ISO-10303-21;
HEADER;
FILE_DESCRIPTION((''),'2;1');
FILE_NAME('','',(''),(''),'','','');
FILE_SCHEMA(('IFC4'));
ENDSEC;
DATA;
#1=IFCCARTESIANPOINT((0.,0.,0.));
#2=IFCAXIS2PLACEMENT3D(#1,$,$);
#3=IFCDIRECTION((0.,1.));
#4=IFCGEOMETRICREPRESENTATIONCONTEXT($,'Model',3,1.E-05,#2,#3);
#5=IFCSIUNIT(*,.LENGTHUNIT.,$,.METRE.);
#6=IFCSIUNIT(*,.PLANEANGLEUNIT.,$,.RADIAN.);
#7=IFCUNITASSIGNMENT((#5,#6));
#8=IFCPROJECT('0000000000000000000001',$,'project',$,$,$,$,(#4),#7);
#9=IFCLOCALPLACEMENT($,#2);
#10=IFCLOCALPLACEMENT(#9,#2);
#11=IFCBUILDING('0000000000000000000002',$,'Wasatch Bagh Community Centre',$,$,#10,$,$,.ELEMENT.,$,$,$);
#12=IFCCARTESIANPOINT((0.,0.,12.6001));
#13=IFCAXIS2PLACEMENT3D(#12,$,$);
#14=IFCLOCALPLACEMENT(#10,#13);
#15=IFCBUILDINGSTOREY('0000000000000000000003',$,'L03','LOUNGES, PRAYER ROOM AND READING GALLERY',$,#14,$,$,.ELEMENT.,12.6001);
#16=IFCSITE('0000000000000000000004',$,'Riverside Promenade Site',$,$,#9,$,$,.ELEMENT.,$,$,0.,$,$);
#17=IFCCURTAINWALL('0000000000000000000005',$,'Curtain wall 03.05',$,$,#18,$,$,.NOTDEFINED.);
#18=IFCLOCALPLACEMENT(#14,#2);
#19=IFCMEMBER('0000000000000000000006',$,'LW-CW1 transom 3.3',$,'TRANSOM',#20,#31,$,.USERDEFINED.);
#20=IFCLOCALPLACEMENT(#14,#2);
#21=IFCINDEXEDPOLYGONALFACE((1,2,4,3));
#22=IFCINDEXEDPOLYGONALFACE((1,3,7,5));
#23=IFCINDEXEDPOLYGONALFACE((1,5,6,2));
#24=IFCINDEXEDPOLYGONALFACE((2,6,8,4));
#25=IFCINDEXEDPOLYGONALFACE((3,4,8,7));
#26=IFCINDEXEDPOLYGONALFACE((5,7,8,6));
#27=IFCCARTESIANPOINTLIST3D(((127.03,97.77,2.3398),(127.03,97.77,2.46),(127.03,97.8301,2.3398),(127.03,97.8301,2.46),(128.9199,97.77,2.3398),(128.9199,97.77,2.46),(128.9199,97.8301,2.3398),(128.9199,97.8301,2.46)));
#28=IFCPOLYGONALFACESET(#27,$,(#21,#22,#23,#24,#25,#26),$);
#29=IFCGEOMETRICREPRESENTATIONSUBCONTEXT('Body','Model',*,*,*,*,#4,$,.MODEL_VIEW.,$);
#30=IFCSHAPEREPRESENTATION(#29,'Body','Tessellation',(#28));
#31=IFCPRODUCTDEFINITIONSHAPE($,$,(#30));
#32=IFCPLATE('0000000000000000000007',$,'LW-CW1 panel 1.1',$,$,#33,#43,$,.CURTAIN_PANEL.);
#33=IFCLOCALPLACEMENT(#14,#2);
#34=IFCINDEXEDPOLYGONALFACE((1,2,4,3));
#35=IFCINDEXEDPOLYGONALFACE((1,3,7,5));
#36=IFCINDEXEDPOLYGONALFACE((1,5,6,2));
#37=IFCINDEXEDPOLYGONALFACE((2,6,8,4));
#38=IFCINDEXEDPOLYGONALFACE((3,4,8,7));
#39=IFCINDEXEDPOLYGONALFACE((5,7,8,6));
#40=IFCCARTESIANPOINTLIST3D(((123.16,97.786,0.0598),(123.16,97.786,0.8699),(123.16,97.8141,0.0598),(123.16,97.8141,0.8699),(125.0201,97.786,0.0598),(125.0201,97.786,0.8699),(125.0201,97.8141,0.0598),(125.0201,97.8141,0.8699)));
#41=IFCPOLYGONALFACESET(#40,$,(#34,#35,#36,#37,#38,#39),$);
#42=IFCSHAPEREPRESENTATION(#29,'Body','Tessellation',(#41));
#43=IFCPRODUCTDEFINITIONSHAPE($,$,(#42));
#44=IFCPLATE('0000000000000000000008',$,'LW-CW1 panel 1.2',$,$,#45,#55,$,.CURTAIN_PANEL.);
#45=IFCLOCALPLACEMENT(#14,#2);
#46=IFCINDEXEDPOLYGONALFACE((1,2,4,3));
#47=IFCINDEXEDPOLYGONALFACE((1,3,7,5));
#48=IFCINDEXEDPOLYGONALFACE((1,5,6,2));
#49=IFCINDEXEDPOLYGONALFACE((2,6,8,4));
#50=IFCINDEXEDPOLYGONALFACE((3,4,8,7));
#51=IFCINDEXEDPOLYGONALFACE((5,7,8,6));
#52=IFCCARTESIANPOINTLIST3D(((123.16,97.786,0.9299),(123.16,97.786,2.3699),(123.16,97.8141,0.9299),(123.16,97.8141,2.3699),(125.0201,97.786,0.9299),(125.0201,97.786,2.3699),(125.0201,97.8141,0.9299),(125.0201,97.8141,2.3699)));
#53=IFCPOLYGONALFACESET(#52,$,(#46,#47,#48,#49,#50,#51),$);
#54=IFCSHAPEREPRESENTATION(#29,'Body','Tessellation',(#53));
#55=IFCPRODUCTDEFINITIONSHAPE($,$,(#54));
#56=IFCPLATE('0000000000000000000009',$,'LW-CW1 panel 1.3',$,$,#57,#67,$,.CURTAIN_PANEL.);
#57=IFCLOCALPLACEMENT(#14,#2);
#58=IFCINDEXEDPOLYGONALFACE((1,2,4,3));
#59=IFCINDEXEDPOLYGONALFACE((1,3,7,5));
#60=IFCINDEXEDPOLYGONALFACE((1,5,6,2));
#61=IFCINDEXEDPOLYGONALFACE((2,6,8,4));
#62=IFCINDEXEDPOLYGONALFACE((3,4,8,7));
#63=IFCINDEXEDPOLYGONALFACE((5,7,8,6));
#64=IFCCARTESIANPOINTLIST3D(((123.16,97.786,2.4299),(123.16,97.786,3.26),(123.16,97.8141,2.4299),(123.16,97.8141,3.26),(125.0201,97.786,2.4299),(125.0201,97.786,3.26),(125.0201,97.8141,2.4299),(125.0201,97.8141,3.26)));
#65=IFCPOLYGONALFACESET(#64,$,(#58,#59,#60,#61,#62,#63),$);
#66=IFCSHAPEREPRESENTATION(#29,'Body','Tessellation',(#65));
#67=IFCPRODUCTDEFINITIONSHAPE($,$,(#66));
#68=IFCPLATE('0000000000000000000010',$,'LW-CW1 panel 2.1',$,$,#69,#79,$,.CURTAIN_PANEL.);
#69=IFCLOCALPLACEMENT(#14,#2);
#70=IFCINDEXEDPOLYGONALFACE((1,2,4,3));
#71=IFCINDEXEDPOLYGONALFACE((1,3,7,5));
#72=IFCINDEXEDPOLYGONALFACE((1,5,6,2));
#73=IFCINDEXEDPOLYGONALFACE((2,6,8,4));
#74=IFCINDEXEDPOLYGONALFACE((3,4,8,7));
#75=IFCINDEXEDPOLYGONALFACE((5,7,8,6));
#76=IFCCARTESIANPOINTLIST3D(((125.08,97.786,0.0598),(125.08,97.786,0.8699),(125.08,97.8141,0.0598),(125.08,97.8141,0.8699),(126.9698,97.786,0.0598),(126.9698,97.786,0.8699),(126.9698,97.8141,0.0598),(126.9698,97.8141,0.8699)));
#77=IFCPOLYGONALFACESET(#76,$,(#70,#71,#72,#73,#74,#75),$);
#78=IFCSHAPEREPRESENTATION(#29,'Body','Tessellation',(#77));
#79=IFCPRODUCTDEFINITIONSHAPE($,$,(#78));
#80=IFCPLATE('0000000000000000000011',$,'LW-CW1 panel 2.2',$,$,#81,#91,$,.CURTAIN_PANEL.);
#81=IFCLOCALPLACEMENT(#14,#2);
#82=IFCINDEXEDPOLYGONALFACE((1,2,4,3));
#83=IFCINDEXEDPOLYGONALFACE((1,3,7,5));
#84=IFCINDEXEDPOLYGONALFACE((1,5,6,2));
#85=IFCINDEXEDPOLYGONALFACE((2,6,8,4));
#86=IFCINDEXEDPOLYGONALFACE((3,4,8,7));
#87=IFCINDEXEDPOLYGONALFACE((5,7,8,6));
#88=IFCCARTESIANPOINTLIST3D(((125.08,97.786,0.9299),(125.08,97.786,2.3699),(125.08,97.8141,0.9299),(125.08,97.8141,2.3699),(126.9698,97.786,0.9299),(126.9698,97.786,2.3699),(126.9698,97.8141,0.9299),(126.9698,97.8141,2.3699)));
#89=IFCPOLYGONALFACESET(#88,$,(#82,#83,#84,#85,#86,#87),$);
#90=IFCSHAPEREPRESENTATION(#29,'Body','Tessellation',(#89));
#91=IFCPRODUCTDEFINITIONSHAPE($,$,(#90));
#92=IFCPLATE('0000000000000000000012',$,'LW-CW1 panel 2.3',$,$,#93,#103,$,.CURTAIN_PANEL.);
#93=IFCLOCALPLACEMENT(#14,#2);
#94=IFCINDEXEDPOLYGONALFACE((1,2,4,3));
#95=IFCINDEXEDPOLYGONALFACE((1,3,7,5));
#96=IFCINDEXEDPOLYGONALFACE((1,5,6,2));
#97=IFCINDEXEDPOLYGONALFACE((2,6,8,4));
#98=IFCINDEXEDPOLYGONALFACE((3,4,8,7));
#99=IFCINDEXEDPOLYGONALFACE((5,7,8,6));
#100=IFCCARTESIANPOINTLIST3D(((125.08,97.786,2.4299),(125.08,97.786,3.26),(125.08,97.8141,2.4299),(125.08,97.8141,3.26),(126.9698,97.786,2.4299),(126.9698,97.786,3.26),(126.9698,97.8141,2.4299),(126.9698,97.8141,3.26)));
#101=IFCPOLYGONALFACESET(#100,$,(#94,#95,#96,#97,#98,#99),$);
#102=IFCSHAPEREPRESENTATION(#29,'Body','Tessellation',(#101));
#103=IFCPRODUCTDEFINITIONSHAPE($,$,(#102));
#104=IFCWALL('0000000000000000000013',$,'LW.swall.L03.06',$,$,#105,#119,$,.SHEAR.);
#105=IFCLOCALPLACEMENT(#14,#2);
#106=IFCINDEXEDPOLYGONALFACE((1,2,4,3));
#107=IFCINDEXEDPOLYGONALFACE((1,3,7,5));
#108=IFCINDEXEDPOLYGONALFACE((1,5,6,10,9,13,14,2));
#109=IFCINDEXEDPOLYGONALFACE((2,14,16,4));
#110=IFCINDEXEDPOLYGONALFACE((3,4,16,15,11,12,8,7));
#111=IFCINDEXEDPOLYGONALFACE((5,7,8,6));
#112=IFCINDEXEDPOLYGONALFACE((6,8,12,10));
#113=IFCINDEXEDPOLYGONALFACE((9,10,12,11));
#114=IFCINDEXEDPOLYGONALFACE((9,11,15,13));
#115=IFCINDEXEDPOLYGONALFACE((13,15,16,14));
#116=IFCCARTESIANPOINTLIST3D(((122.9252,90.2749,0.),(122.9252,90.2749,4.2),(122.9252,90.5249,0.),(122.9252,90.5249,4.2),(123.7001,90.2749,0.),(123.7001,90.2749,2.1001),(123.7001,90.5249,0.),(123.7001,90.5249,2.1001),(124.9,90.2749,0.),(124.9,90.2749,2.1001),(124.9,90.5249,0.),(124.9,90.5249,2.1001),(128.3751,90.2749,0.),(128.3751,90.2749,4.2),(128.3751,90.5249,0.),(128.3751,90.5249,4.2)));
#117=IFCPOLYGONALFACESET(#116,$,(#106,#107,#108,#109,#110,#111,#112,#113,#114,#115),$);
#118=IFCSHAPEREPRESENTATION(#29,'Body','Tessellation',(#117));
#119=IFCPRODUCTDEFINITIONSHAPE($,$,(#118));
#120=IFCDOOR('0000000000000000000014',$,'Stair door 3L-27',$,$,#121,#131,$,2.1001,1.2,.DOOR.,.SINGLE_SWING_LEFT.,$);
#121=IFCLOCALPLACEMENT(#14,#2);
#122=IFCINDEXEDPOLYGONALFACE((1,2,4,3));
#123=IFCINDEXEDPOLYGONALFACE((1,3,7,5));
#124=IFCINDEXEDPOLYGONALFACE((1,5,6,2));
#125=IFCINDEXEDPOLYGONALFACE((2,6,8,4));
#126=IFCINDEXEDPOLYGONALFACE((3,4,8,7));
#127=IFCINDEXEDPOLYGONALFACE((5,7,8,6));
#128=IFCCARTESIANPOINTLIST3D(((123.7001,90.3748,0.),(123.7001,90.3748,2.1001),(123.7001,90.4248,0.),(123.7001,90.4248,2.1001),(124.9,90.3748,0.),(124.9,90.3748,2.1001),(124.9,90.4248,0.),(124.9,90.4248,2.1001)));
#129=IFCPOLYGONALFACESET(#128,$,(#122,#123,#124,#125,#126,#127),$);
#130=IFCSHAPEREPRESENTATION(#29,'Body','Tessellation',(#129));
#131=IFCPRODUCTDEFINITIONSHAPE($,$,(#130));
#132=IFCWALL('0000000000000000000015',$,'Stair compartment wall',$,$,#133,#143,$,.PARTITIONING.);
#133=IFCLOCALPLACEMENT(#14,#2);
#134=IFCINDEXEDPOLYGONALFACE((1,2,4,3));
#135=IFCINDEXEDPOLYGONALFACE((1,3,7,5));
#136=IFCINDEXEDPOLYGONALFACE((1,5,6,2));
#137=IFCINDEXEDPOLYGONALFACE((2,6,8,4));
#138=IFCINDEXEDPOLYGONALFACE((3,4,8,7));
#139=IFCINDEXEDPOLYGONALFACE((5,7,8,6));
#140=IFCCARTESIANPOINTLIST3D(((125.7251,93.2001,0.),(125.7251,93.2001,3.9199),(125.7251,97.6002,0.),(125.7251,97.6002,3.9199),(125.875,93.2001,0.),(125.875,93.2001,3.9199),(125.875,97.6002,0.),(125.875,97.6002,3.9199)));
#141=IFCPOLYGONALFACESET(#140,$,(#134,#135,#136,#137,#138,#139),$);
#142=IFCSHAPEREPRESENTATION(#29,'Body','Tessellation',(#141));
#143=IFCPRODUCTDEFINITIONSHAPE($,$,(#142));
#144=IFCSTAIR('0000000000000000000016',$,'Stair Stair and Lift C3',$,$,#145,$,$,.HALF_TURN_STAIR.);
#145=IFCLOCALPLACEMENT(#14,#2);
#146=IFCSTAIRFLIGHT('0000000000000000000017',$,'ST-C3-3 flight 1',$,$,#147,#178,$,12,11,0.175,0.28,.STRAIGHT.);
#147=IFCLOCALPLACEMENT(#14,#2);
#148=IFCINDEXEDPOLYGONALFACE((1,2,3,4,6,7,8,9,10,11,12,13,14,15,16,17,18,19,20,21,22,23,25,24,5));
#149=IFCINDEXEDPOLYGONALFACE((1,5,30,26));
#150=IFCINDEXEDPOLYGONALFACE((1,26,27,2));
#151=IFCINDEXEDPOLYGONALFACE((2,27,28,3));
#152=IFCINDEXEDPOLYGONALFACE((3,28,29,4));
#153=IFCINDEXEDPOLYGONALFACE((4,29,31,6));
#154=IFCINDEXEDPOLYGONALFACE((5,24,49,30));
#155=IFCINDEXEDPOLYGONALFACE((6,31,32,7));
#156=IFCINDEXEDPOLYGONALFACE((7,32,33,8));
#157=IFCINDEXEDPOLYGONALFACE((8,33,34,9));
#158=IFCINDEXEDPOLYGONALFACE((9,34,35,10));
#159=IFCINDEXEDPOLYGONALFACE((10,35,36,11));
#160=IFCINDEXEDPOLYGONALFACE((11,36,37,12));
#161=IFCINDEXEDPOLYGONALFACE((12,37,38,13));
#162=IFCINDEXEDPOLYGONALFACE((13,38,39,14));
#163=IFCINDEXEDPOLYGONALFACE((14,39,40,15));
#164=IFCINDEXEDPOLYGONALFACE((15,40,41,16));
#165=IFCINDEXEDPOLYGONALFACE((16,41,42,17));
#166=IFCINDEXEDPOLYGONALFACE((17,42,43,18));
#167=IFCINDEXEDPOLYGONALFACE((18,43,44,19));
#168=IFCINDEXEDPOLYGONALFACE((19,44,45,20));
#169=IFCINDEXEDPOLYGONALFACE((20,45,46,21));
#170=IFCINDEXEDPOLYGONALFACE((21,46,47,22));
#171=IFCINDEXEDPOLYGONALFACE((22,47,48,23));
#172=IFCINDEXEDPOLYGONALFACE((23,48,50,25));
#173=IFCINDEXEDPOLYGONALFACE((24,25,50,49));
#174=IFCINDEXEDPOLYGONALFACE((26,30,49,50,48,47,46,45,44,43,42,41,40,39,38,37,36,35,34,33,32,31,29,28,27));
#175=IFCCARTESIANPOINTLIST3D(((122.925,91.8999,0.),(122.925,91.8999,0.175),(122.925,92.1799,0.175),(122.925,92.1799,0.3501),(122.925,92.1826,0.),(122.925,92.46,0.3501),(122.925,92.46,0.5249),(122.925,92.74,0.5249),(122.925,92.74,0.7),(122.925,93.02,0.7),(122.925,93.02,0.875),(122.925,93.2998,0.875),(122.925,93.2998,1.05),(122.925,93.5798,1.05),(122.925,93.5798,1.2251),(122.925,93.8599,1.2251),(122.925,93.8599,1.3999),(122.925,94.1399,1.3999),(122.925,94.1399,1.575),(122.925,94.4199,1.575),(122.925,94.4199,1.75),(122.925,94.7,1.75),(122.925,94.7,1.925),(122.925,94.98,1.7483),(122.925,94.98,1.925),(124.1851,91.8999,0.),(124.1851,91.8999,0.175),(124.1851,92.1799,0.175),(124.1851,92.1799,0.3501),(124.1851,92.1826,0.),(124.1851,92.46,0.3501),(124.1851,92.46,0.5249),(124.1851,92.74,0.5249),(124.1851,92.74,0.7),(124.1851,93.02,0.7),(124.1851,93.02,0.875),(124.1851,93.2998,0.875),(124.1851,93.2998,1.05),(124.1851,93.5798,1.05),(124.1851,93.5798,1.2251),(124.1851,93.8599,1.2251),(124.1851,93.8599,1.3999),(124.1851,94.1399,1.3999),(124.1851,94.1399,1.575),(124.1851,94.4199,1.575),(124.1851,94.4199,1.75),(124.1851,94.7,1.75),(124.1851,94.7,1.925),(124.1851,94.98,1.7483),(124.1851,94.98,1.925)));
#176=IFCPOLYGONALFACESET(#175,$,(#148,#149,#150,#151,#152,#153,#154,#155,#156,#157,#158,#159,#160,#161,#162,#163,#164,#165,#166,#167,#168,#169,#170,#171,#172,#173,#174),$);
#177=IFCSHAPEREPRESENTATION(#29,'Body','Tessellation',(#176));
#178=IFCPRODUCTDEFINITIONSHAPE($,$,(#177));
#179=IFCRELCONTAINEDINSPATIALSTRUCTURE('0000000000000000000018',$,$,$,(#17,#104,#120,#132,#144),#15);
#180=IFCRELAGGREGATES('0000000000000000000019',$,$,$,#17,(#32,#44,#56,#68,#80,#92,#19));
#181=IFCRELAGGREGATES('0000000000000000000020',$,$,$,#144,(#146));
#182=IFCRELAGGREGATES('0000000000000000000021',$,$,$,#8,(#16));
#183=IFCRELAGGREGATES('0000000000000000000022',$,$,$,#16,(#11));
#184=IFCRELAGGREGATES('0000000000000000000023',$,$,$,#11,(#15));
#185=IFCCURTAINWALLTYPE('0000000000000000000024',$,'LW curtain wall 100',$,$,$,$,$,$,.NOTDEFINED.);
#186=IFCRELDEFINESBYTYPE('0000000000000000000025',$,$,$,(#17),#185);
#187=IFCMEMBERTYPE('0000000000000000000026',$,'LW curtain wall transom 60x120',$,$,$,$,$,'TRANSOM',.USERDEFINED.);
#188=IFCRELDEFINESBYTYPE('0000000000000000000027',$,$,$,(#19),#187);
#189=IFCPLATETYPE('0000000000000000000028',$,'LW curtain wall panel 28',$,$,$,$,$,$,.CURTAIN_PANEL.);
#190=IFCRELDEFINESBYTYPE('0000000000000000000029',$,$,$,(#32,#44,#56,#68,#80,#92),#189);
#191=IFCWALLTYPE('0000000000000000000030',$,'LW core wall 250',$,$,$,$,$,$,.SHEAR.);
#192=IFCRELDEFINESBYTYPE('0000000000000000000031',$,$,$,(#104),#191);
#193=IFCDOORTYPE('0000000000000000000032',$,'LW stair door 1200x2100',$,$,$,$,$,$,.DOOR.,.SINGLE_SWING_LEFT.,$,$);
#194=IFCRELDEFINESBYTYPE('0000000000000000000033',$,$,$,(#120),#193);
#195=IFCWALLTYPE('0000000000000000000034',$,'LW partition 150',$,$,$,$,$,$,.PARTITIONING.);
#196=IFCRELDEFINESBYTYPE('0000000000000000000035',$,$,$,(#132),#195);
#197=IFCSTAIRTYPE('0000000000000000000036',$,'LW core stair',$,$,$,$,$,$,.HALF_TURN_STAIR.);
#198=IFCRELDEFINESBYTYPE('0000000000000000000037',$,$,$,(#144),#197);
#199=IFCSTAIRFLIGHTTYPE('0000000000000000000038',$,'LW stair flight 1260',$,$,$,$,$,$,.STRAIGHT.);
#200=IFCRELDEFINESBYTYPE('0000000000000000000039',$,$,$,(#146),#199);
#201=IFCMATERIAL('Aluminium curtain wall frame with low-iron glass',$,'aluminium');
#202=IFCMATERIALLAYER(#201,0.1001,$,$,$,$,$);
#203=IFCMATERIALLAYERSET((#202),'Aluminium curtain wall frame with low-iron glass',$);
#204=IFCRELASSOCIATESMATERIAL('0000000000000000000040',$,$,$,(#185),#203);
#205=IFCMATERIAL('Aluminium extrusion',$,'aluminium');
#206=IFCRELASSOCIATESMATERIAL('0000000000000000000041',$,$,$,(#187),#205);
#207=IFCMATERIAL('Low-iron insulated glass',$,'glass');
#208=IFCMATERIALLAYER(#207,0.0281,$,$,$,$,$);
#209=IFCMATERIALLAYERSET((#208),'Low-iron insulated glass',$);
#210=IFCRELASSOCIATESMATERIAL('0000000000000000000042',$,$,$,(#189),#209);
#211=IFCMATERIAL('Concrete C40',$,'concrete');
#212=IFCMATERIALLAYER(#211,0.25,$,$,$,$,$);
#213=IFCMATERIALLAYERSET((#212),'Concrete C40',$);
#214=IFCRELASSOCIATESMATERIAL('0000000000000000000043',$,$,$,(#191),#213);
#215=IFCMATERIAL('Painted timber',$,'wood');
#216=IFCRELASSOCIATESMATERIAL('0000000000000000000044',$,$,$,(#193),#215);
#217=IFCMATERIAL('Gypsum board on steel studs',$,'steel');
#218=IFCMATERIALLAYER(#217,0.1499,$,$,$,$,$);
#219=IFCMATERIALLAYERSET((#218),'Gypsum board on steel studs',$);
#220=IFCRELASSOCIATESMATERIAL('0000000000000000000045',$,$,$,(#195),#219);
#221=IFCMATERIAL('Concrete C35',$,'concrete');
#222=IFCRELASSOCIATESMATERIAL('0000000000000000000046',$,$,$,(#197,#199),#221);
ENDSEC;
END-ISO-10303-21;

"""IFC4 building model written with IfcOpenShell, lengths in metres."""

from ifc_helpers import new_model, si_unit, direction, frame, frame_2d, origin, origin_2d, place, context, subcontext, project, spatial, polyline, rectangle, outline, extrude, material, layer, layer_set, material_profile, profile_set, type_object, element, fill, aggregate, save


model = new_model("IFC4")

# Units and contexts
model_context = context("Model", 3, precision=1e-05, world=origin(), true_north=direction((0.0, 1.0)))
body_context = subcontext(model_context, "Body", "Model", "MODEL_VIEW")
ifc_project = project(units=[si_unit("LENGTHUNIT", "METRE"), si_unit("PLANEANGLEUNIT", "RADIAN")], contexts=[model_context])

# Site, building, storey
site_placement = place(None, origin())
site = spatial("IfcSite", under=ifc_project, at=site_placement, Name="Riverside Promenade Site", CompositionType="ELEMENT", RefElevation=0.0)
building_placement = place(site_placement, origin())
building = spatial("IfcBuilding", under=site, at=building_placement, Name="Wasatch Bagh Community Centre", CompositionType="ELEMENT")
storey_placement = place(building_placement, frame((0.0, 0.0, 12.6001)))
storey = spatial("IfcBuildingStorey", under=building, at=storey_placement, Name="L03", Description="LOUNGES, PRAYER ROOM AND READING GALLERY", CompositionType="ELEMENT", Elevation=12.6001)

# Shared definitions
ifc_material_1 = material(Name="Concrete C35", Category="concrete")

# Curtain wall, member, plates
ifc_material_2 = material(Name="Aluminium curtain wall frame with low-iron glass", Category="aluminium")
ifc_layer_1 = layer(ifc_material_2, 0.1001)
ifc_layer_set_1 = layer_set([ifc_layer_1], Name="Aluminium curtain wall frame with low-iron glass")
curtain_wall_type = type_object("IfcCurtainWallType", Name="LW curtain wall 100", PredefinedType="NOTDEFINED", material=ifc_layer_set_1)
curtain_wall_placement = place(storey_placement, origin())
curtain_wall = element("IfcCurtainWall", 1, at=curtain_wall_placement, inside=storey, type_object=curtain_wall_type, Name="Curtain wall 03.05", PredefinedType="NOTDEFINED")
ifc_material_3 = material(Name="Aluminium extrusion", Category="aluminium")
ifc_material_profile_1 = material_profile(ifc_material_3, rectangle(XDim=0.0601, YDim=0.1201, at=origin_2d()), Name="AL 60x120")
ifc_profile_set_1 = profile_set([ifc_material_profile_1], Name="Aluminium extrusion")
member_type_1 = type_object("IfcMemberType", Name="LW curtain wall transom 60x120", ElementType="TRANSOM", PredefinedType="USERDEFINED", material=ifc_profile_set_1)
member_1_placement = place(storey_placement, frame((127.03, 97.8, 2.3999), z_axis=(1.0, 0.0, 0.0), x_axis=(0.0, 1.0, 0.0)))
member_1 = element("IfcMember", 2, at=member_1_placement, type_object=member_type_1, Name="LW-CW1 transom 3.3", ObjectType="TRANSOM", PredefinedType="USERDEFINED", context=body_context, shape_type="SweptSolid", body=[
    extrude(rectangle(XDim=0.0601, YDim=0.1201, at=origin_2d()), origin(), (0.0, 0.0, 1.0), 1.8899),
])
ifc_material_4 = material(Name="Low-iron insulated glass", Category="glass")
ifc_layer_2 = layer(ifc_material_4, 0.0281)
ifc_layer_set_2 = layer_set([ifc_layer_2], Name="Low-iron insulated glass")
plate_type = type_object("IfcPlateType", Name="LW curtain wall panel 28", PredefinedType="CURTAIN_PANEL", material=ifc_layer_set_2)
plate_1_placement = place(storey_placement, frame((124.0901, 97.8, 0.0598), z_axis=(0.0, 0.0, 1.0), x_axis=(1.0, 0.0, 0.0)))
plate_1 = element("IfcPlate", 3, at=plate_1_placement, type_object=plate_type, Name="LW-CW1 panel 1.1", PredefinedType="CURTAIN_PANEL", context=body_context, shape_type="SweptSolid", body=[
    extrude(rectangle(XDim=1.8601, YDim=0.0281, at=origin_2d()), origin(), (0.0, 0.0, 1.0), 0.8101),
])
plate_2_placement = place(storey_placement, frame((124.0901, 97.8, 0.9299), z_axis=(0.0, 0.0, 1.0), x_axis=(1.0, 0.0, 0.0)))
plate_2 = element("IfcPlate", 4, at=plate_2_placement, type_object=plate_type, Name="LW-CW1 panel 1.2", PredefinedType="CURTAIN_PANEL", context=body_context, shape_type="SweptSolid", body=[
    extrude(rectangle(XDim=1.8601, YDim=0.0281, at=origin_2d()), origin(), (0.0, 0.0, 1.0), 1.4399),
])
plate_3_placement = place(storey_placement, frame((124.0901, 97.8, 2.4299), z_axis=(0.0, 0.0, 1.0), x_axis=(1.0, 0.0, 0.0)))
plate_3 = element("IfcPlate", 5, at=plate_3_placement, type_object=plate_type, Name="LW-CW1 panel 1.3", PredefinedType="CURTAIN_PANEL", context=body_context, shape_type="SweptSolid", body=[
    extrude(rectangle(XDim=1.8601, YDim=0.0281, at=origin_2d()), origin(), (0.0, 0.0, 1.0), 0.8301),
])
plate_4_placement = place(storey_placement, frame((126.0249, 97.8, 0.0598), z_axis=(0.0, 0.0, 1.0), x_axis=(1.0, 0.0, 0.0)))
plate_4 = element("IfcPlate", 6, at=plate_4_placement, type_object=plate_type, Name="LW-CW1 panel 2.1", PredefinedType="CURTAIN_PANEL", context=body_context, shape_type="SweptSolid", body=[
    extrude(rectangle(XDim=1.8899, YDim=0.0281, at=origin_2d()), origin(), (0.0, 0.0, 1.0), 0.8101),
])
plate_5_placement = place(storey_placement, frame((126.0249, 97.8, 0.9299), z_axis=(0.0, 0.0, 1.0), x_axis=(1.0, 0.0, 0.0)))
plate_5 = element("IfcPlate", 7, at=plate_5_placement, type_object=plate_type, Name="LW-CW1 panel 2.2", PredefinedType="CURTAIN_PANEL", context=body_context, shape_type="SweptSolid", body=[
    extrude(rectangle(XDim=1.8899, YDim=0.0281, at=origin_2d()), origin(), (0.0, 0.0, 1.0), 1.4399),
])
plate_6_placement = place(storey_placement, frame((126.0249, 97.8, 2.4299), z_axis=(0.0, 0.0, 1.0), x_axis=(1.0, 0.0, 0.0)))
plate_6 = element("IfcPlate", 8, at=plate_6_placement, type_object=plate_type, Name="LW-CW1 panel 2.3", PredefinedType="CURTAIN_PANEL", context=body_context, shape_type="SweptSolid", body=[
    extrude(rectangle(XDim=1.8899, YDim=0.0281, at=origin_2d()), origin(), (0.0, 0.0, 1.0), 0.8301),
])
aggregate(curtain_wall, [plate_1, plate_2, plate_3, plate_4, plate_5, plate_6, member_1])

# Wall, opening, door
ifc_material_5 = material(Name="Concrete C40", Category="concrete")
ifc_layer_3 = layer(ifc_material_5, 0.25)
ifc_layer_set_3 = layer_set([ifc_layer_3], Name="Concrete C40")
wall_type_1 = type_object("IfcWallType", Name="LW core wall 250", PredefinedType="SHEAR", material=ifc_layer_set_3)
wall_1_placement = place(storey_placement, frame((122.925, 90.3999, 0.0), z_axis=(0.0, 0.0, 1.0), x_axis=(1.0, 0.0, 0.0)))
wall_1 = element("IfcWall", 9, at=wall_1_placement, inside=storey, type_object=wall_type_1, Name="LW.swall.L03.06", PredefinedType="SHEAR", context=body_context, shape_type="SweptSolid", body=[
    extrude(rectangle(XDim=5.45, YDim=0.25, at=frame_2d((2.7251, 0.0))), origin(), (0.0, 0.0, 1.0), 4.2),
])
opening_placement = place(wall_1_placement, frame((0.7749, 0.0, 0.0)))
opening = element("IfcOpeningElement", 10, at=opening_placement, cuts=wall_1, PredefinedType="OPENING", context=body_context, shape_type="SweptSolid", body=[
    extrude(rectangle(XDim=1.2, YDim=2.1001, at=frame_2d((0.6001, 1.05))), frame((0.0, 0.135, 0.0), z_axis=(0.0, -1.0, 0.0), x_axis=(1.0, 0.0, 0.0)), (0.0, 0.0, 1.0), 0.27),
])
ifc_material_6 = material(Name="Painted timber", Category="wood")
door_type = type_object("IfcDoorType", Name="LW stair door 1200x2100", OperationType="SINGLE_SWING_LEFT", PredefinedType="DOOR", material=ifc_material_6)
door_placement = place(opening_placement, origin())
door = element("IfcDoor", 11, at=door_placement, inside=storey, type_object=door_type, Name="Stair door 3L-27", OperationType="SINGLE_SWING_LEFT", OverallHeight=2.1001, OverallWidth=1.2, PredefinedType="DOOR", context=body_context, shape_type="SweptSolid", body=[
    extrude(rectangle(XDim=1.2, YDim=2.1001, at=frame_2d((0.6001, 1.05))), frame((0.0, 0.0249, 0.0), z_axis=(0.0, -1.0, 0.0), x_axis=(1.0, 0.0, 0.0)), (0.0, 0.0, 1.0), 0.05),
])
fill(opening, door)

# Wall
ifc_material_7 = material(Name="Gypsum board on steel studs", Category="steel")
ifc_layer_4 = layer(ifc_material_7, 0.1499)
ifc_layer_set_4 = layer_set([ifc_layer_4], Name="Gypsum board on steel studs")
wall_type_2 = type_object("IfcWallType", Name="LW partition 150", PredefinedType="PARTITIONING", material=ifc_layer_set_4)
wall_2_placement = place(storey_placement, frame((125.8, 93.2, 0.0), z_axis=(0.0, 0.0, 1.0), x_axis=(0.0, 1.0, 0.0)))
element("IfcWall", 12, at=wall_2_placement, inside=storey, type_object=wall_type_2, Name="Stair compartment wall", PredefinedType="PARTITIONING", context=body_context, shape_type="SweptSolid", body=[
    extrude(rectangle(XDim=4.4001, YDim=0.1499, at=frame_2d((2.2002, 0.0))), origin(), (0.0, 0.0, 1.0), 3.9199),
])

# Stair, stair flight
stair_type = type_object("IfcStairType", Name="LW core stair", PredefinedType="HALF_TURN_STAIR", material=ifc_material_1)
stair_placement = place(storey_placement, origin())
stair = element("IfcStair", 13, at=stair_placement, inside=storey, type_object=stair_type, Name="Stair Stair and Lift C3", PredefinedType="HALF_TURN_STAIR")
stair_flight_type = type_object("IfcStairFlightType", Name="LW stair flight 1260", PredefinedType="STRAIGHT", material=ifc_material_1)
stair_flight_1_placement = place(storey_placement, frame((123.5549, 91.8999, 0.0), z_axis=(0.0, 0.0, 1.0), x_axis=(0.0, 1.0, 0.0)))
stair_flight_1 = element("IfcStairFlight", 14, at=stair_flight_1_placement, type_object=stair_flight_type, Name="ST-C3-3 flight 1", NumberOfRisers=12, NumberOfTreads=11, PredefinedType="STRAIGHT", RiserHeight=0.175, TreadLength=0.28, context=body_context, shape_type="SweptSolid", body=[
    extrude(outline(polyline([(0.0, 0.0), (0.0, 0.175), (0.28, 0.175), (0.28, 0.3501), (0.5601, 0.3501), (0.5601, 0.5249), (0.8401, 0.5249), (0.8401, 0.7), (1.1201, 0.7), (1.1201, 0.875), (1.3999, 0.875), (1.3999, 1.05), (1.6799, 1.05), (1.6799, 1.2251), (1.96, 1.2251), (1.96, 1.3999), (2.24, 1.3999), (2.24, 1.575), (2.52, 1.575), (2.52, 1.75), (2.8, 1.75), (2.8, 1.925), (3.0801, 1.925), (3.0801, 2.1001), (3.0801, 1.7483), (0.2827, 0.0), (0.0, 0.0)])), frame((0.0, 0.6299, 0.0), z_axis=(0.0, -1.0, 0.0), x_axis=(1.0, 0.0, 0.0)), (0.0, 0.0, 1.0), 1.26),
])
aggregate(stair, [stair_flight_1])

save(model, "model.ifc")
